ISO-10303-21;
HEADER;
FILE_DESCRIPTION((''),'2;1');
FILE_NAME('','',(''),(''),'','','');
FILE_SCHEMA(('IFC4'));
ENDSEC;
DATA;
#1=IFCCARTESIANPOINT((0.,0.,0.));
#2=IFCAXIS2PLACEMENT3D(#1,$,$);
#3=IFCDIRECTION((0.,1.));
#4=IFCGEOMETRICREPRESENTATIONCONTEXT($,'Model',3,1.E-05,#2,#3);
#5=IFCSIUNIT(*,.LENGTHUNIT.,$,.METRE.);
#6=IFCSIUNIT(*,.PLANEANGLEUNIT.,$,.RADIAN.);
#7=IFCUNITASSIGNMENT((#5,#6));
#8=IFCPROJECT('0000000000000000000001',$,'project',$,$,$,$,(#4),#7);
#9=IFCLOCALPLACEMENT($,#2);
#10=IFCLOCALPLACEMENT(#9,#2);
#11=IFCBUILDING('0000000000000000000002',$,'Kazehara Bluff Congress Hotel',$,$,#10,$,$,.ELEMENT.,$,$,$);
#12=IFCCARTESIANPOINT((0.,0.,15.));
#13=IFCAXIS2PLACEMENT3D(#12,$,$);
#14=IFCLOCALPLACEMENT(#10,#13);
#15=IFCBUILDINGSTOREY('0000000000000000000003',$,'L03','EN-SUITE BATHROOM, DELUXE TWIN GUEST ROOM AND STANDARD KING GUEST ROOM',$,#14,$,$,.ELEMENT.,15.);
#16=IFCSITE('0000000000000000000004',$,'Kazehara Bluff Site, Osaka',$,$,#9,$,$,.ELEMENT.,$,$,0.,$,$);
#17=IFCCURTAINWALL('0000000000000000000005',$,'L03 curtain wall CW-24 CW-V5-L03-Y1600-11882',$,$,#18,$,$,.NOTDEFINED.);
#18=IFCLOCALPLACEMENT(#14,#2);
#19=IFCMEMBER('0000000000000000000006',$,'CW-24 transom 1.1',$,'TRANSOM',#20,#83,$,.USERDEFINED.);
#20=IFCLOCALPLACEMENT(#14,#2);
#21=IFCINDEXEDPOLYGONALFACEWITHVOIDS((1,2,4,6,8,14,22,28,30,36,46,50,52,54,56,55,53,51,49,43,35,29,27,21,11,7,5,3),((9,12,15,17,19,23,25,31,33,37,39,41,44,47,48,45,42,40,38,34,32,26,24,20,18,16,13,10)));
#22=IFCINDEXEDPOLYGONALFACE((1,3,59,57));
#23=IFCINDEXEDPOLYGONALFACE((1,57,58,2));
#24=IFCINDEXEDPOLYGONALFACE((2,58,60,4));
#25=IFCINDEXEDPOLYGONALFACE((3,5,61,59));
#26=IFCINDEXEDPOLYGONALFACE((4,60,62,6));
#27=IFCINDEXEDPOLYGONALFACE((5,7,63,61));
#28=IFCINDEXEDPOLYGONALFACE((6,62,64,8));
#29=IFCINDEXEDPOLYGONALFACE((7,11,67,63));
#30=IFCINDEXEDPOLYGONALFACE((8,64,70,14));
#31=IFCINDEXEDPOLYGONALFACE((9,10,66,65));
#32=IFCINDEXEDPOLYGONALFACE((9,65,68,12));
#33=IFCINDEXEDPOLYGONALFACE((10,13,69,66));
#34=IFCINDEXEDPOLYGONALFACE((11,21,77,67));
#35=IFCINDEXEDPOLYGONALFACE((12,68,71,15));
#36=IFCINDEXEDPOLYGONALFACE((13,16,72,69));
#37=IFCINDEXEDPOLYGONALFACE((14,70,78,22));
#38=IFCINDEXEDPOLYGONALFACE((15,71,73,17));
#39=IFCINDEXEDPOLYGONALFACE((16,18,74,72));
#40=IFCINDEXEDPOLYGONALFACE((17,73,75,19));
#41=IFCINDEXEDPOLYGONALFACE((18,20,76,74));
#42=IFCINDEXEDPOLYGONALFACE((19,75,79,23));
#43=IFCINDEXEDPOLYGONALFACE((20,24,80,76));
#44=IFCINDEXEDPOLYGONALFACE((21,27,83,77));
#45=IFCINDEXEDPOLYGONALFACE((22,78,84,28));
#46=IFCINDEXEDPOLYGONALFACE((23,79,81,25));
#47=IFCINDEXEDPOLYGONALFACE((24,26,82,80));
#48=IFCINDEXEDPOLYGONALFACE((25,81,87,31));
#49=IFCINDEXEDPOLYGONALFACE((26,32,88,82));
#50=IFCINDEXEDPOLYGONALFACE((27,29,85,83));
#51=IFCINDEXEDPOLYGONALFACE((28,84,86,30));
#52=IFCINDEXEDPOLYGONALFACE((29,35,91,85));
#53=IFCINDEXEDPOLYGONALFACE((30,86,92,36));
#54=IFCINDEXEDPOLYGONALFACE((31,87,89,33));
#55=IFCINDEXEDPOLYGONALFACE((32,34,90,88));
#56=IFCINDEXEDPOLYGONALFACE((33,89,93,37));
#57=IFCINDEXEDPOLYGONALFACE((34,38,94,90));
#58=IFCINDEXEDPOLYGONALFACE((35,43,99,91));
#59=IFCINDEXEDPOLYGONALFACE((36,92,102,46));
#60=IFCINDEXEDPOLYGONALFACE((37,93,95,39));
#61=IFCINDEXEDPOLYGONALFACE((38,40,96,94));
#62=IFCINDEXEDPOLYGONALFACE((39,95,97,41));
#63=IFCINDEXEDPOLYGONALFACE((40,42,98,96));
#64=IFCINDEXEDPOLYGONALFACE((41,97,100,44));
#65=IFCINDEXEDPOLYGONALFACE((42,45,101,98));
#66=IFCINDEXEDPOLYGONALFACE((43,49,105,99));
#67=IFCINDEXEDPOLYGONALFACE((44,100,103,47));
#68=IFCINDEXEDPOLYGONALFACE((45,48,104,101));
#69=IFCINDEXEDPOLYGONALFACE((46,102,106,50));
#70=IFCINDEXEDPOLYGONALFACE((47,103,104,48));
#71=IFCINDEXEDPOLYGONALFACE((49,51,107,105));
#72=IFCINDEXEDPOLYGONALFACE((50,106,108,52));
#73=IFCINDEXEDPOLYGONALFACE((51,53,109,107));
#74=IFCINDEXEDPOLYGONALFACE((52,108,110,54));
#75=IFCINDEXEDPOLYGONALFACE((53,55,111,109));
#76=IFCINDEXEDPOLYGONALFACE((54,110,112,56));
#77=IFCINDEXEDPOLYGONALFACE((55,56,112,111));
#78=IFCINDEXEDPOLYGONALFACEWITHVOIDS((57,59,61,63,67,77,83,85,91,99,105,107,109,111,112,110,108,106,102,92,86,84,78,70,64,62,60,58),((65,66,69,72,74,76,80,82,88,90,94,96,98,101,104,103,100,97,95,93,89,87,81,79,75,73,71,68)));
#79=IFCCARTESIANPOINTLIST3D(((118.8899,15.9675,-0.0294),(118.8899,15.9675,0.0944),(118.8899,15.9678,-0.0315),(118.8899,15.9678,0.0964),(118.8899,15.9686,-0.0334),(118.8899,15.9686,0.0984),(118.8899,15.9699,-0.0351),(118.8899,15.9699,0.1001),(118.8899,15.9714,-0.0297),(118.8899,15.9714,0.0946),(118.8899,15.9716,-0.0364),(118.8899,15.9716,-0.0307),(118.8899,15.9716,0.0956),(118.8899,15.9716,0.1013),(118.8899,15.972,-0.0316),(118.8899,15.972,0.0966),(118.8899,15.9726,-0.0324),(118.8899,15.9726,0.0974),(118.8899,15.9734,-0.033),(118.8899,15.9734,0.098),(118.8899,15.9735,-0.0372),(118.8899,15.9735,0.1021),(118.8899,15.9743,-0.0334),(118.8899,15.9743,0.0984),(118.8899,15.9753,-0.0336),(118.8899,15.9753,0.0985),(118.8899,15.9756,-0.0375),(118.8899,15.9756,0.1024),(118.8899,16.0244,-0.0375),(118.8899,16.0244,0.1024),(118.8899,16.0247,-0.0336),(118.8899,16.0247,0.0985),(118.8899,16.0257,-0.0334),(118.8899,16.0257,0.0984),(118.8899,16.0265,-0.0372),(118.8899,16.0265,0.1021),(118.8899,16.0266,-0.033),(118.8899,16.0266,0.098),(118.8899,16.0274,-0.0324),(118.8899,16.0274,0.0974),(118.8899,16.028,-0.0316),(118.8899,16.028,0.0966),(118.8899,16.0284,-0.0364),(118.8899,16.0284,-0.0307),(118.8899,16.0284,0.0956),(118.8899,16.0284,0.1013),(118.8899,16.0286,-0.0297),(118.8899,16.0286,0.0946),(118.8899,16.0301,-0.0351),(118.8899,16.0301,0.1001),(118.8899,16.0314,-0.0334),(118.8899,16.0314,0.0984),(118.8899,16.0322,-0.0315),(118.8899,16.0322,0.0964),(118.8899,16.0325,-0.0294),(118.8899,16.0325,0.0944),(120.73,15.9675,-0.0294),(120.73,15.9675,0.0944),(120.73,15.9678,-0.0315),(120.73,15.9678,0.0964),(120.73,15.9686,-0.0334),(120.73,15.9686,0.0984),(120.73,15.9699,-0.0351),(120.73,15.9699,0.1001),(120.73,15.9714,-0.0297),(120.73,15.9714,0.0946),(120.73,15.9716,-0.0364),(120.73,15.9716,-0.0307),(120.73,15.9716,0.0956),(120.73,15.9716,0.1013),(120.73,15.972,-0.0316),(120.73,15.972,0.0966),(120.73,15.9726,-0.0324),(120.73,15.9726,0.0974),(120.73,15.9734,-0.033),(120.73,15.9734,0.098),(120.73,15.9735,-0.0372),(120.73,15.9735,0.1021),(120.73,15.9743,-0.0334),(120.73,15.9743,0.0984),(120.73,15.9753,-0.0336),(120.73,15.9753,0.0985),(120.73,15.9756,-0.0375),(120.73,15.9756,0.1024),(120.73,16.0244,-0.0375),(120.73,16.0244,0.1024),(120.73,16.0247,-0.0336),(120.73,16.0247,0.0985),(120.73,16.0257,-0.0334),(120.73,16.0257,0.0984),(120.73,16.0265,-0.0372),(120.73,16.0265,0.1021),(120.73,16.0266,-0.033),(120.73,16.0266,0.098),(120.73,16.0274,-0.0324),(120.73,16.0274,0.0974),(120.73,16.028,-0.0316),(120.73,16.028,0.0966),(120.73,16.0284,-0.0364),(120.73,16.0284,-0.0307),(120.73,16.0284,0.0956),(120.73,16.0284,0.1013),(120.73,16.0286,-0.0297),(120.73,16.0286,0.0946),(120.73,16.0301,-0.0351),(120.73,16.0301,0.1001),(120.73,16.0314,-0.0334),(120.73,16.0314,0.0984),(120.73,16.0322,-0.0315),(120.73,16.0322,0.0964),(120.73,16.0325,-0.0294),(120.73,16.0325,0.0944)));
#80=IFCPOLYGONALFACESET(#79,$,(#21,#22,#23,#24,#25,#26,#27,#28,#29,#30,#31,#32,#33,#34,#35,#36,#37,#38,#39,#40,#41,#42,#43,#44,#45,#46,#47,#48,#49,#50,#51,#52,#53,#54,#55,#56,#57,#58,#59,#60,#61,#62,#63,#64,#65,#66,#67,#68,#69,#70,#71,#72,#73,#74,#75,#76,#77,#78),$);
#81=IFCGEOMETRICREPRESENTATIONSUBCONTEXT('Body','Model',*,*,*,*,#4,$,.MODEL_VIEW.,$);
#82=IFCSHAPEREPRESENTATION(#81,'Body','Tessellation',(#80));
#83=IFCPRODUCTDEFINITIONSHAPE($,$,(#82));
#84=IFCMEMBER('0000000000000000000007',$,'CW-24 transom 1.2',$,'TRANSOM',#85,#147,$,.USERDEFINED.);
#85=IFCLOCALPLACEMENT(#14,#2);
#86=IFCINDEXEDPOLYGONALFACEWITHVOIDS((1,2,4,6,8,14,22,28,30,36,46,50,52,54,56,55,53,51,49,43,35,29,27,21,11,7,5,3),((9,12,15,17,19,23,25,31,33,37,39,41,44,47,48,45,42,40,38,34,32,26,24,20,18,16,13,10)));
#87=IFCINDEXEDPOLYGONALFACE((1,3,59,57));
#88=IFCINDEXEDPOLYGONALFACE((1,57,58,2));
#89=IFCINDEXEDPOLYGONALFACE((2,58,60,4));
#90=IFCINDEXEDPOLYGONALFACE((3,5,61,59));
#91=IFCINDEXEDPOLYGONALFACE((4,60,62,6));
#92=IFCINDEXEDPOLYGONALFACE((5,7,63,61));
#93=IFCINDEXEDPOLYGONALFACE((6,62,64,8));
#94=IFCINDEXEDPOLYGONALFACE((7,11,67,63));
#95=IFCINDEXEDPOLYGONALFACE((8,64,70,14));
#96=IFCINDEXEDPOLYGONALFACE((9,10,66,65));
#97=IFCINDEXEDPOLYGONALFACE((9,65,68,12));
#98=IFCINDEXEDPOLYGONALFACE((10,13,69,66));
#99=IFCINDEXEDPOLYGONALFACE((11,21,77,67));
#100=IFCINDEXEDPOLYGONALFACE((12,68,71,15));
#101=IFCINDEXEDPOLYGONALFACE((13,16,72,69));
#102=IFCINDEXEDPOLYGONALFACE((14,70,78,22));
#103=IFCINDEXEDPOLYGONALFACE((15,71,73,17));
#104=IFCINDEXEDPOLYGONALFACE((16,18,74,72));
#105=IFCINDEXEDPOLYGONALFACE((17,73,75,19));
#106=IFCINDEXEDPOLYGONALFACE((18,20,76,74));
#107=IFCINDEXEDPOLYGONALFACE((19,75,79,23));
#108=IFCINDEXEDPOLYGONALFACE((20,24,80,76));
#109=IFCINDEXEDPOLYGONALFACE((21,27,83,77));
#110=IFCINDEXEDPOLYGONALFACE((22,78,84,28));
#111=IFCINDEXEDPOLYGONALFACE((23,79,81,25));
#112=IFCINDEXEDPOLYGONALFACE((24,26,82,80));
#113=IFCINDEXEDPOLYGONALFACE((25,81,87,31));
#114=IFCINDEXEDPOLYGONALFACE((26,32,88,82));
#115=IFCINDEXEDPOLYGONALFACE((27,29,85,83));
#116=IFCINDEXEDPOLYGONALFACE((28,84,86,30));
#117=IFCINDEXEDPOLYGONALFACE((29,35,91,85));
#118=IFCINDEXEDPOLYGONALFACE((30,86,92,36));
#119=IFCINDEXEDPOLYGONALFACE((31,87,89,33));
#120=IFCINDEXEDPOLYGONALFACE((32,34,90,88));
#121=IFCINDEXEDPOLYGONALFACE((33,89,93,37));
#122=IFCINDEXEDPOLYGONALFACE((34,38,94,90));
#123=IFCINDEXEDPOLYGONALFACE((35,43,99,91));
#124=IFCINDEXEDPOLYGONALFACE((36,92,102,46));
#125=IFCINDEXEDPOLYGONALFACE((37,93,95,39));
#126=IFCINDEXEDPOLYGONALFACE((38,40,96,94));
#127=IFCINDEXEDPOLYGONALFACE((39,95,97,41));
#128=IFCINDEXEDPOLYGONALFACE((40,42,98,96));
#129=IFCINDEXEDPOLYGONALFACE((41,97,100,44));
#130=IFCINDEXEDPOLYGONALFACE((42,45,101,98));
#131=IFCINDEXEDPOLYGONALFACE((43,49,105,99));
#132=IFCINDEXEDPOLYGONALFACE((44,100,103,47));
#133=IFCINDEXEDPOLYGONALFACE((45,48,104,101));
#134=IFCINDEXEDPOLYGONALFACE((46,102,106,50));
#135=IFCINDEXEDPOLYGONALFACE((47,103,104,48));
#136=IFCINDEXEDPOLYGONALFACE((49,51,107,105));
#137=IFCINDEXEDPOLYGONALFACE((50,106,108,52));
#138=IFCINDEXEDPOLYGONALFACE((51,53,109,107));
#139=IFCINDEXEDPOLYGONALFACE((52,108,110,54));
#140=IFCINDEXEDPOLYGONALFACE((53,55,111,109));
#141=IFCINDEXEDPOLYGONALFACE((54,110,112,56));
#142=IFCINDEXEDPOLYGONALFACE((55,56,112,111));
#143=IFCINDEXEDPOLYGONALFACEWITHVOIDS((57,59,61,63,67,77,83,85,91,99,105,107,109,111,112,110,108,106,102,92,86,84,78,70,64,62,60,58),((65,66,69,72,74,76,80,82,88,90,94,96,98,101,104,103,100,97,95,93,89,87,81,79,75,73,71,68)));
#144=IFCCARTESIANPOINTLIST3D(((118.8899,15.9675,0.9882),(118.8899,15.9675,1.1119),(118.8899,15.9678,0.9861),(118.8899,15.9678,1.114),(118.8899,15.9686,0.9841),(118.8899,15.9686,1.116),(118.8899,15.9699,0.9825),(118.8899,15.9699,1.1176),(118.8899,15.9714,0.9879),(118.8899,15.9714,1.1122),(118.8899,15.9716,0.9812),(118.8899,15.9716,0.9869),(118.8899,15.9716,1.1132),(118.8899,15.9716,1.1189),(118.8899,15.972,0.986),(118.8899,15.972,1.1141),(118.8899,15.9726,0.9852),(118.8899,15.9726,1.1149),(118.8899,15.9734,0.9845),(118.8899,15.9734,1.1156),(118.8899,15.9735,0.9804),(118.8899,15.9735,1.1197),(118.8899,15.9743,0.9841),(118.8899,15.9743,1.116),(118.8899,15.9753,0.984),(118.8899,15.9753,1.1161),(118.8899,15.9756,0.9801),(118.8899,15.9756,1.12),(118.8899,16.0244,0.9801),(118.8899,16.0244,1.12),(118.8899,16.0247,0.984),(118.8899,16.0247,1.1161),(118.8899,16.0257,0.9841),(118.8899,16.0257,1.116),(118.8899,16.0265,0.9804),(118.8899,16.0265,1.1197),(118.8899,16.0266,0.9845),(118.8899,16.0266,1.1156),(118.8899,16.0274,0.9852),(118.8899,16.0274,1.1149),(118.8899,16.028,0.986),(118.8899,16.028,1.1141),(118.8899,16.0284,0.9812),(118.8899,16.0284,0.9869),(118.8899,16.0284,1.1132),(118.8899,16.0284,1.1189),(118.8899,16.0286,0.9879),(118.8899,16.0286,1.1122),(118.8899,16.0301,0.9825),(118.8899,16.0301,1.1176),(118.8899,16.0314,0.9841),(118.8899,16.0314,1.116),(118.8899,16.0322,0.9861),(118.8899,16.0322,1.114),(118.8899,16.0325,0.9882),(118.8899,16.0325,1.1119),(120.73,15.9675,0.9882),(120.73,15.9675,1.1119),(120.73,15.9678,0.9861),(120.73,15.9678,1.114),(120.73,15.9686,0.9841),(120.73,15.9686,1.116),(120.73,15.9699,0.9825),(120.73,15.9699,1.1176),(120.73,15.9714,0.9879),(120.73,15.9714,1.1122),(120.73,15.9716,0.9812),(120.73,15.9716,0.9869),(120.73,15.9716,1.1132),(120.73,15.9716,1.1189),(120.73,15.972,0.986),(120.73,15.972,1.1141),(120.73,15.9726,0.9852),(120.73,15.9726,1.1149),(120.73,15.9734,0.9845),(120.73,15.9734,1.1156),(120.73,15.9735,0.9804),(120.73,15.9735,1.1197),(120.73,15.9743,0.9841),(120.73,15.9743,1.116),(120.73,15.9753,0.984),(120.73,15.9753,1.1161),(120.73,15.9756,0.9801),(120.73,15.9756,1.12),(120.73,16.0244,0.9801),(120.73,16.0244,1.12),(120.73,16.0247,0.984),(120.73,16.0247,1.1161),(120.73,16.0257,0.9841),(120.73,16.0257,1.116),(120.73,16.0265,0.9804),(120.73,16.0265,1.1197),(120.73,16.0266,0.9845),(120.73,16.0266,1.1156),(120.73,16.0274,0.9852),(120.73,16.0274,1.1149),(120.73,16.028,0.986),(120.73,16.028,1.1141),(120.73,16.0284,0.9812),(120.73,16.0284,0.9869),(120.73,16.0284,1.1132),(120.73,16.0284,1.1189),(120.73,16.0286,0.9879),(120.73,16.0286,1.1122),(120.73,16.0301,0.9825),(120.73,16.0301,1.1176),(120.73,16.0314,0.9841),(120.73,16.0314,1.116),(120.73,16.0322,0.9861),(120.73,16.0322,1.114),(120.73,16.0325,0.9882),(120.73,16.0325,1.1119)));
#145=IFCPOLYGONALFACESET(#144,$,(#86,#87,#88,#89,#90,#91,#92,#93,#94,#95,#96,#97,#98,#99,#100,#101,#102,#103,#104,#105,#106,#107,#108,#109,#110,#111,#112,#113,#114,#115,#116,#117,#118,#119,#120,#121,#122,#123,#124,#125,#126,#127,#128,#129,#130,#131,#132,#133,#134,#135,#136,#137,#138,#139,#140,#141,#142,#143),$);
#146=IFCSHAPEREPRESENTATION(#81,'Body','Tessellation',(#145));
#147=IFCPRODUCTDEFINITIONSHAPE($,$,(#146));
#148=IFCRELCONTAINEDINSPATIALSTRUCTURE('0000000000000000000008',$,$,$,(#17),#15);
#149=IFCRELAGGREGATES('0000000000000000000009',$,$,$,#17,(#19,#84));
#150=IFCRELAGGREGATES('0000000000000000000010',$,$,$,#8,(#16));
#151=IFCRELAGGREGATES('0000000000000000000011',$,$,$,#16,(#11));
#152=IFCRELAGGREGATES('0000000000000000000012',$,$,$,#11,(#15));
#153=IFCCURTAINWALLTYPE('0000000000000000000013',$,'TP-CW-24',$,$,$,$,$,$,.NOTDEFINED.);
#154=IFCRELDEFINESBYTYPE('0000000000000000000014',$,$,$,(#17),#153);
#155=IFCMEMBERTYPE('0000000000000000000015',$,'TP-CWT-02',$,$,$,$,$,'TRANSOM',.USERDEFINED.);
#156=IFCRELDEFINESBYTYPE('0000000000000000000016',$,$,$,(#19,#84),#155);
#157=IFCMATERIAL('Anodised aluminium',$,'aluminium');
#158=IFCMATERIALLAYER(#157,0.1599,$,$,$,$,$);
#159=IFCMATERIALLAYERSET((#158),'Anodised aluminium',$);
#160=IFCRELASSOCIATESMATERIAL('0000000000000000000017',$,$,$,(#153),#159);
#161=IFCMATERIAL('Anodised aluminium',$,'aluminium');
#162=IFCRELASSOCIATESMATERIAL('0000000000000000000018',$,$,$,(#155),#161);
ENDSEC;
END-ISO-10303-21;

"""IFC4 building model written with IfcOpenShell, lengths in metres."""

from ifc_helpers import new_model, si_unit, direction, frame, origin, origin_2d, place, context, subcontext, project, spatial, hollow_rectangle, extrude, material, layer, layer_set, material_profile, profile_set, type_object, element, aggregate, save


model = new_model("IFC4")

# Units and contexts
model_context = context("Model", 3, precision=1e-05, world=origin(), true_north=direction((0.0, 1.0)))
body_context = subcontext(model_context, "Body", "Model", "MODEL_VIEW")
ifc_project = project(units=[si_unit("LENGTHUNIT", "METRE"), si_unit("PLANEANGLEUNIT", "RADIAN")], contexts=[model_context])

# Site, building, storey
site_placement = place(None, origin())
site = spatial("IfcSite", under=ifc_project, at=site_placement, Name="Kazehara Bluff Site, Osaka", CompositionType="ELEMENT", RefElevation=0.0)
building_placement = place(site_placement, origin())
building = spatial("IfcBuilding", under=site, at=building_placement, Name="Kazehara Bluff Congress Hotel", CompositionType="ELEMENT")
storey_placement = place(building_placement, frame((0.0, 0.0, 15.0)))
storey = spatial("IfcBuildingStorey", under=building, at=storey_placement, Name="L03", Description="EN-SUITE BATHROOM, DELUXE TWIN GUEST ROOM AND STANDARD KING GUEST ROOM", CompositionType="ELEMENT", Elevation=15.0)

# Curtain wall
ifc_material_1 = material(Name="Anodised aluminium", Category="aluminium")
ifc_layer_1 = layer(ifc_material_1, 0.1599)
ifc_layer_set_1 = layer_set([ifc_layer_1], Name="Anodised aluminium")
curtain_wall_type_1 = type_object("IfcCurtainWallType", Name="TP-CW-24", PredefinedType="NOTDEFINED", material=ifc_layer_set_1)
curtain_wall_1_placement = place(storey_placement, origin())
curtain_wall_1 = element("IfcCurtainWall", 1, at=curtain_wall_1_placement, inside=storey, type_object=curtain_wall_type_1, Name="L03 curtain wall CW-24 CW-V5-L03-Y1600-11882", PredefinedType="NOTDEFINED")

# Members
ifc_material_2 = material(Name="Anodised aluminium", Category="aluminium")
ifc_material_profile_1 = material_profile(ifc_material_2, hollow_rectangle(XDim=0.0649, YDim=0.1399, WallThickness=0.0039, InnerFilletRadius=0.0039, OuterFilletRadius=0.0081, at=origin_2d()))
ifc_profile_set_1 = profile_set([ifc_material_profile_1], Name="Anodised aluminium")
member_type_1 = type_object("IfcMemberType", Name="TP-CWT-02", ElementType="TRANSOM", PredefinedType="USERDEFINED", material=ifc_profile_set_1)
member_1_placement = place(storey_placement, frame((118.8899, 16.0, 0.0325), z_axis=(1.0, 0.0, 0.0), x_axis=(0.0, 1.0, 0.0)))
member_1 = element("IfcMember", 2, at=member_1_placement, type_object=member_type_1, Name="CW-24 transom 1.1", ObjectType="TRANSOM", PredefinedType="USERDEFINED", context=body_context, shape_type="SweptSolid", body=[
    extrude(hollow_rectangle(XDim=0.0649, YDim=0.1399, WallThickness=0.0039, InnerFilletRadius=0.0039, OuterFilletRadius=0.0081, at=origin_2d()), origin(), (0.0, 0.0, 1.0), 1.8401),
])
member_2_placement = place(storey_placement, frame((118.8899, 16.0, 1.05), z_axis=(1.0, 0.0, 0.0), x_axis=(0.0, 1.0, 0.0)))
member_2 = element("IfcMember", 3, at=member_2_placement, type_object=member_type_1, Name="CW-24 transom 1.2", ObjectType="TRANSOM", PredefinedType="USERDEFINED", context=body_context, shape_type="SweptSolid", body=[
    extrude(hollow_rectangle(XDim=0.0649, YDim=0.1399, WallThickness=0.0039, InnerFilletRadius=0.0039, OuterFilletRadius=0.0081, at=origin_2d()), origin(), (0.0, 0.0, 1.0), 1.8401),
])

aggregate(curtain_wall_1, [member_1, member_2])

save(model, "model.ifc")
